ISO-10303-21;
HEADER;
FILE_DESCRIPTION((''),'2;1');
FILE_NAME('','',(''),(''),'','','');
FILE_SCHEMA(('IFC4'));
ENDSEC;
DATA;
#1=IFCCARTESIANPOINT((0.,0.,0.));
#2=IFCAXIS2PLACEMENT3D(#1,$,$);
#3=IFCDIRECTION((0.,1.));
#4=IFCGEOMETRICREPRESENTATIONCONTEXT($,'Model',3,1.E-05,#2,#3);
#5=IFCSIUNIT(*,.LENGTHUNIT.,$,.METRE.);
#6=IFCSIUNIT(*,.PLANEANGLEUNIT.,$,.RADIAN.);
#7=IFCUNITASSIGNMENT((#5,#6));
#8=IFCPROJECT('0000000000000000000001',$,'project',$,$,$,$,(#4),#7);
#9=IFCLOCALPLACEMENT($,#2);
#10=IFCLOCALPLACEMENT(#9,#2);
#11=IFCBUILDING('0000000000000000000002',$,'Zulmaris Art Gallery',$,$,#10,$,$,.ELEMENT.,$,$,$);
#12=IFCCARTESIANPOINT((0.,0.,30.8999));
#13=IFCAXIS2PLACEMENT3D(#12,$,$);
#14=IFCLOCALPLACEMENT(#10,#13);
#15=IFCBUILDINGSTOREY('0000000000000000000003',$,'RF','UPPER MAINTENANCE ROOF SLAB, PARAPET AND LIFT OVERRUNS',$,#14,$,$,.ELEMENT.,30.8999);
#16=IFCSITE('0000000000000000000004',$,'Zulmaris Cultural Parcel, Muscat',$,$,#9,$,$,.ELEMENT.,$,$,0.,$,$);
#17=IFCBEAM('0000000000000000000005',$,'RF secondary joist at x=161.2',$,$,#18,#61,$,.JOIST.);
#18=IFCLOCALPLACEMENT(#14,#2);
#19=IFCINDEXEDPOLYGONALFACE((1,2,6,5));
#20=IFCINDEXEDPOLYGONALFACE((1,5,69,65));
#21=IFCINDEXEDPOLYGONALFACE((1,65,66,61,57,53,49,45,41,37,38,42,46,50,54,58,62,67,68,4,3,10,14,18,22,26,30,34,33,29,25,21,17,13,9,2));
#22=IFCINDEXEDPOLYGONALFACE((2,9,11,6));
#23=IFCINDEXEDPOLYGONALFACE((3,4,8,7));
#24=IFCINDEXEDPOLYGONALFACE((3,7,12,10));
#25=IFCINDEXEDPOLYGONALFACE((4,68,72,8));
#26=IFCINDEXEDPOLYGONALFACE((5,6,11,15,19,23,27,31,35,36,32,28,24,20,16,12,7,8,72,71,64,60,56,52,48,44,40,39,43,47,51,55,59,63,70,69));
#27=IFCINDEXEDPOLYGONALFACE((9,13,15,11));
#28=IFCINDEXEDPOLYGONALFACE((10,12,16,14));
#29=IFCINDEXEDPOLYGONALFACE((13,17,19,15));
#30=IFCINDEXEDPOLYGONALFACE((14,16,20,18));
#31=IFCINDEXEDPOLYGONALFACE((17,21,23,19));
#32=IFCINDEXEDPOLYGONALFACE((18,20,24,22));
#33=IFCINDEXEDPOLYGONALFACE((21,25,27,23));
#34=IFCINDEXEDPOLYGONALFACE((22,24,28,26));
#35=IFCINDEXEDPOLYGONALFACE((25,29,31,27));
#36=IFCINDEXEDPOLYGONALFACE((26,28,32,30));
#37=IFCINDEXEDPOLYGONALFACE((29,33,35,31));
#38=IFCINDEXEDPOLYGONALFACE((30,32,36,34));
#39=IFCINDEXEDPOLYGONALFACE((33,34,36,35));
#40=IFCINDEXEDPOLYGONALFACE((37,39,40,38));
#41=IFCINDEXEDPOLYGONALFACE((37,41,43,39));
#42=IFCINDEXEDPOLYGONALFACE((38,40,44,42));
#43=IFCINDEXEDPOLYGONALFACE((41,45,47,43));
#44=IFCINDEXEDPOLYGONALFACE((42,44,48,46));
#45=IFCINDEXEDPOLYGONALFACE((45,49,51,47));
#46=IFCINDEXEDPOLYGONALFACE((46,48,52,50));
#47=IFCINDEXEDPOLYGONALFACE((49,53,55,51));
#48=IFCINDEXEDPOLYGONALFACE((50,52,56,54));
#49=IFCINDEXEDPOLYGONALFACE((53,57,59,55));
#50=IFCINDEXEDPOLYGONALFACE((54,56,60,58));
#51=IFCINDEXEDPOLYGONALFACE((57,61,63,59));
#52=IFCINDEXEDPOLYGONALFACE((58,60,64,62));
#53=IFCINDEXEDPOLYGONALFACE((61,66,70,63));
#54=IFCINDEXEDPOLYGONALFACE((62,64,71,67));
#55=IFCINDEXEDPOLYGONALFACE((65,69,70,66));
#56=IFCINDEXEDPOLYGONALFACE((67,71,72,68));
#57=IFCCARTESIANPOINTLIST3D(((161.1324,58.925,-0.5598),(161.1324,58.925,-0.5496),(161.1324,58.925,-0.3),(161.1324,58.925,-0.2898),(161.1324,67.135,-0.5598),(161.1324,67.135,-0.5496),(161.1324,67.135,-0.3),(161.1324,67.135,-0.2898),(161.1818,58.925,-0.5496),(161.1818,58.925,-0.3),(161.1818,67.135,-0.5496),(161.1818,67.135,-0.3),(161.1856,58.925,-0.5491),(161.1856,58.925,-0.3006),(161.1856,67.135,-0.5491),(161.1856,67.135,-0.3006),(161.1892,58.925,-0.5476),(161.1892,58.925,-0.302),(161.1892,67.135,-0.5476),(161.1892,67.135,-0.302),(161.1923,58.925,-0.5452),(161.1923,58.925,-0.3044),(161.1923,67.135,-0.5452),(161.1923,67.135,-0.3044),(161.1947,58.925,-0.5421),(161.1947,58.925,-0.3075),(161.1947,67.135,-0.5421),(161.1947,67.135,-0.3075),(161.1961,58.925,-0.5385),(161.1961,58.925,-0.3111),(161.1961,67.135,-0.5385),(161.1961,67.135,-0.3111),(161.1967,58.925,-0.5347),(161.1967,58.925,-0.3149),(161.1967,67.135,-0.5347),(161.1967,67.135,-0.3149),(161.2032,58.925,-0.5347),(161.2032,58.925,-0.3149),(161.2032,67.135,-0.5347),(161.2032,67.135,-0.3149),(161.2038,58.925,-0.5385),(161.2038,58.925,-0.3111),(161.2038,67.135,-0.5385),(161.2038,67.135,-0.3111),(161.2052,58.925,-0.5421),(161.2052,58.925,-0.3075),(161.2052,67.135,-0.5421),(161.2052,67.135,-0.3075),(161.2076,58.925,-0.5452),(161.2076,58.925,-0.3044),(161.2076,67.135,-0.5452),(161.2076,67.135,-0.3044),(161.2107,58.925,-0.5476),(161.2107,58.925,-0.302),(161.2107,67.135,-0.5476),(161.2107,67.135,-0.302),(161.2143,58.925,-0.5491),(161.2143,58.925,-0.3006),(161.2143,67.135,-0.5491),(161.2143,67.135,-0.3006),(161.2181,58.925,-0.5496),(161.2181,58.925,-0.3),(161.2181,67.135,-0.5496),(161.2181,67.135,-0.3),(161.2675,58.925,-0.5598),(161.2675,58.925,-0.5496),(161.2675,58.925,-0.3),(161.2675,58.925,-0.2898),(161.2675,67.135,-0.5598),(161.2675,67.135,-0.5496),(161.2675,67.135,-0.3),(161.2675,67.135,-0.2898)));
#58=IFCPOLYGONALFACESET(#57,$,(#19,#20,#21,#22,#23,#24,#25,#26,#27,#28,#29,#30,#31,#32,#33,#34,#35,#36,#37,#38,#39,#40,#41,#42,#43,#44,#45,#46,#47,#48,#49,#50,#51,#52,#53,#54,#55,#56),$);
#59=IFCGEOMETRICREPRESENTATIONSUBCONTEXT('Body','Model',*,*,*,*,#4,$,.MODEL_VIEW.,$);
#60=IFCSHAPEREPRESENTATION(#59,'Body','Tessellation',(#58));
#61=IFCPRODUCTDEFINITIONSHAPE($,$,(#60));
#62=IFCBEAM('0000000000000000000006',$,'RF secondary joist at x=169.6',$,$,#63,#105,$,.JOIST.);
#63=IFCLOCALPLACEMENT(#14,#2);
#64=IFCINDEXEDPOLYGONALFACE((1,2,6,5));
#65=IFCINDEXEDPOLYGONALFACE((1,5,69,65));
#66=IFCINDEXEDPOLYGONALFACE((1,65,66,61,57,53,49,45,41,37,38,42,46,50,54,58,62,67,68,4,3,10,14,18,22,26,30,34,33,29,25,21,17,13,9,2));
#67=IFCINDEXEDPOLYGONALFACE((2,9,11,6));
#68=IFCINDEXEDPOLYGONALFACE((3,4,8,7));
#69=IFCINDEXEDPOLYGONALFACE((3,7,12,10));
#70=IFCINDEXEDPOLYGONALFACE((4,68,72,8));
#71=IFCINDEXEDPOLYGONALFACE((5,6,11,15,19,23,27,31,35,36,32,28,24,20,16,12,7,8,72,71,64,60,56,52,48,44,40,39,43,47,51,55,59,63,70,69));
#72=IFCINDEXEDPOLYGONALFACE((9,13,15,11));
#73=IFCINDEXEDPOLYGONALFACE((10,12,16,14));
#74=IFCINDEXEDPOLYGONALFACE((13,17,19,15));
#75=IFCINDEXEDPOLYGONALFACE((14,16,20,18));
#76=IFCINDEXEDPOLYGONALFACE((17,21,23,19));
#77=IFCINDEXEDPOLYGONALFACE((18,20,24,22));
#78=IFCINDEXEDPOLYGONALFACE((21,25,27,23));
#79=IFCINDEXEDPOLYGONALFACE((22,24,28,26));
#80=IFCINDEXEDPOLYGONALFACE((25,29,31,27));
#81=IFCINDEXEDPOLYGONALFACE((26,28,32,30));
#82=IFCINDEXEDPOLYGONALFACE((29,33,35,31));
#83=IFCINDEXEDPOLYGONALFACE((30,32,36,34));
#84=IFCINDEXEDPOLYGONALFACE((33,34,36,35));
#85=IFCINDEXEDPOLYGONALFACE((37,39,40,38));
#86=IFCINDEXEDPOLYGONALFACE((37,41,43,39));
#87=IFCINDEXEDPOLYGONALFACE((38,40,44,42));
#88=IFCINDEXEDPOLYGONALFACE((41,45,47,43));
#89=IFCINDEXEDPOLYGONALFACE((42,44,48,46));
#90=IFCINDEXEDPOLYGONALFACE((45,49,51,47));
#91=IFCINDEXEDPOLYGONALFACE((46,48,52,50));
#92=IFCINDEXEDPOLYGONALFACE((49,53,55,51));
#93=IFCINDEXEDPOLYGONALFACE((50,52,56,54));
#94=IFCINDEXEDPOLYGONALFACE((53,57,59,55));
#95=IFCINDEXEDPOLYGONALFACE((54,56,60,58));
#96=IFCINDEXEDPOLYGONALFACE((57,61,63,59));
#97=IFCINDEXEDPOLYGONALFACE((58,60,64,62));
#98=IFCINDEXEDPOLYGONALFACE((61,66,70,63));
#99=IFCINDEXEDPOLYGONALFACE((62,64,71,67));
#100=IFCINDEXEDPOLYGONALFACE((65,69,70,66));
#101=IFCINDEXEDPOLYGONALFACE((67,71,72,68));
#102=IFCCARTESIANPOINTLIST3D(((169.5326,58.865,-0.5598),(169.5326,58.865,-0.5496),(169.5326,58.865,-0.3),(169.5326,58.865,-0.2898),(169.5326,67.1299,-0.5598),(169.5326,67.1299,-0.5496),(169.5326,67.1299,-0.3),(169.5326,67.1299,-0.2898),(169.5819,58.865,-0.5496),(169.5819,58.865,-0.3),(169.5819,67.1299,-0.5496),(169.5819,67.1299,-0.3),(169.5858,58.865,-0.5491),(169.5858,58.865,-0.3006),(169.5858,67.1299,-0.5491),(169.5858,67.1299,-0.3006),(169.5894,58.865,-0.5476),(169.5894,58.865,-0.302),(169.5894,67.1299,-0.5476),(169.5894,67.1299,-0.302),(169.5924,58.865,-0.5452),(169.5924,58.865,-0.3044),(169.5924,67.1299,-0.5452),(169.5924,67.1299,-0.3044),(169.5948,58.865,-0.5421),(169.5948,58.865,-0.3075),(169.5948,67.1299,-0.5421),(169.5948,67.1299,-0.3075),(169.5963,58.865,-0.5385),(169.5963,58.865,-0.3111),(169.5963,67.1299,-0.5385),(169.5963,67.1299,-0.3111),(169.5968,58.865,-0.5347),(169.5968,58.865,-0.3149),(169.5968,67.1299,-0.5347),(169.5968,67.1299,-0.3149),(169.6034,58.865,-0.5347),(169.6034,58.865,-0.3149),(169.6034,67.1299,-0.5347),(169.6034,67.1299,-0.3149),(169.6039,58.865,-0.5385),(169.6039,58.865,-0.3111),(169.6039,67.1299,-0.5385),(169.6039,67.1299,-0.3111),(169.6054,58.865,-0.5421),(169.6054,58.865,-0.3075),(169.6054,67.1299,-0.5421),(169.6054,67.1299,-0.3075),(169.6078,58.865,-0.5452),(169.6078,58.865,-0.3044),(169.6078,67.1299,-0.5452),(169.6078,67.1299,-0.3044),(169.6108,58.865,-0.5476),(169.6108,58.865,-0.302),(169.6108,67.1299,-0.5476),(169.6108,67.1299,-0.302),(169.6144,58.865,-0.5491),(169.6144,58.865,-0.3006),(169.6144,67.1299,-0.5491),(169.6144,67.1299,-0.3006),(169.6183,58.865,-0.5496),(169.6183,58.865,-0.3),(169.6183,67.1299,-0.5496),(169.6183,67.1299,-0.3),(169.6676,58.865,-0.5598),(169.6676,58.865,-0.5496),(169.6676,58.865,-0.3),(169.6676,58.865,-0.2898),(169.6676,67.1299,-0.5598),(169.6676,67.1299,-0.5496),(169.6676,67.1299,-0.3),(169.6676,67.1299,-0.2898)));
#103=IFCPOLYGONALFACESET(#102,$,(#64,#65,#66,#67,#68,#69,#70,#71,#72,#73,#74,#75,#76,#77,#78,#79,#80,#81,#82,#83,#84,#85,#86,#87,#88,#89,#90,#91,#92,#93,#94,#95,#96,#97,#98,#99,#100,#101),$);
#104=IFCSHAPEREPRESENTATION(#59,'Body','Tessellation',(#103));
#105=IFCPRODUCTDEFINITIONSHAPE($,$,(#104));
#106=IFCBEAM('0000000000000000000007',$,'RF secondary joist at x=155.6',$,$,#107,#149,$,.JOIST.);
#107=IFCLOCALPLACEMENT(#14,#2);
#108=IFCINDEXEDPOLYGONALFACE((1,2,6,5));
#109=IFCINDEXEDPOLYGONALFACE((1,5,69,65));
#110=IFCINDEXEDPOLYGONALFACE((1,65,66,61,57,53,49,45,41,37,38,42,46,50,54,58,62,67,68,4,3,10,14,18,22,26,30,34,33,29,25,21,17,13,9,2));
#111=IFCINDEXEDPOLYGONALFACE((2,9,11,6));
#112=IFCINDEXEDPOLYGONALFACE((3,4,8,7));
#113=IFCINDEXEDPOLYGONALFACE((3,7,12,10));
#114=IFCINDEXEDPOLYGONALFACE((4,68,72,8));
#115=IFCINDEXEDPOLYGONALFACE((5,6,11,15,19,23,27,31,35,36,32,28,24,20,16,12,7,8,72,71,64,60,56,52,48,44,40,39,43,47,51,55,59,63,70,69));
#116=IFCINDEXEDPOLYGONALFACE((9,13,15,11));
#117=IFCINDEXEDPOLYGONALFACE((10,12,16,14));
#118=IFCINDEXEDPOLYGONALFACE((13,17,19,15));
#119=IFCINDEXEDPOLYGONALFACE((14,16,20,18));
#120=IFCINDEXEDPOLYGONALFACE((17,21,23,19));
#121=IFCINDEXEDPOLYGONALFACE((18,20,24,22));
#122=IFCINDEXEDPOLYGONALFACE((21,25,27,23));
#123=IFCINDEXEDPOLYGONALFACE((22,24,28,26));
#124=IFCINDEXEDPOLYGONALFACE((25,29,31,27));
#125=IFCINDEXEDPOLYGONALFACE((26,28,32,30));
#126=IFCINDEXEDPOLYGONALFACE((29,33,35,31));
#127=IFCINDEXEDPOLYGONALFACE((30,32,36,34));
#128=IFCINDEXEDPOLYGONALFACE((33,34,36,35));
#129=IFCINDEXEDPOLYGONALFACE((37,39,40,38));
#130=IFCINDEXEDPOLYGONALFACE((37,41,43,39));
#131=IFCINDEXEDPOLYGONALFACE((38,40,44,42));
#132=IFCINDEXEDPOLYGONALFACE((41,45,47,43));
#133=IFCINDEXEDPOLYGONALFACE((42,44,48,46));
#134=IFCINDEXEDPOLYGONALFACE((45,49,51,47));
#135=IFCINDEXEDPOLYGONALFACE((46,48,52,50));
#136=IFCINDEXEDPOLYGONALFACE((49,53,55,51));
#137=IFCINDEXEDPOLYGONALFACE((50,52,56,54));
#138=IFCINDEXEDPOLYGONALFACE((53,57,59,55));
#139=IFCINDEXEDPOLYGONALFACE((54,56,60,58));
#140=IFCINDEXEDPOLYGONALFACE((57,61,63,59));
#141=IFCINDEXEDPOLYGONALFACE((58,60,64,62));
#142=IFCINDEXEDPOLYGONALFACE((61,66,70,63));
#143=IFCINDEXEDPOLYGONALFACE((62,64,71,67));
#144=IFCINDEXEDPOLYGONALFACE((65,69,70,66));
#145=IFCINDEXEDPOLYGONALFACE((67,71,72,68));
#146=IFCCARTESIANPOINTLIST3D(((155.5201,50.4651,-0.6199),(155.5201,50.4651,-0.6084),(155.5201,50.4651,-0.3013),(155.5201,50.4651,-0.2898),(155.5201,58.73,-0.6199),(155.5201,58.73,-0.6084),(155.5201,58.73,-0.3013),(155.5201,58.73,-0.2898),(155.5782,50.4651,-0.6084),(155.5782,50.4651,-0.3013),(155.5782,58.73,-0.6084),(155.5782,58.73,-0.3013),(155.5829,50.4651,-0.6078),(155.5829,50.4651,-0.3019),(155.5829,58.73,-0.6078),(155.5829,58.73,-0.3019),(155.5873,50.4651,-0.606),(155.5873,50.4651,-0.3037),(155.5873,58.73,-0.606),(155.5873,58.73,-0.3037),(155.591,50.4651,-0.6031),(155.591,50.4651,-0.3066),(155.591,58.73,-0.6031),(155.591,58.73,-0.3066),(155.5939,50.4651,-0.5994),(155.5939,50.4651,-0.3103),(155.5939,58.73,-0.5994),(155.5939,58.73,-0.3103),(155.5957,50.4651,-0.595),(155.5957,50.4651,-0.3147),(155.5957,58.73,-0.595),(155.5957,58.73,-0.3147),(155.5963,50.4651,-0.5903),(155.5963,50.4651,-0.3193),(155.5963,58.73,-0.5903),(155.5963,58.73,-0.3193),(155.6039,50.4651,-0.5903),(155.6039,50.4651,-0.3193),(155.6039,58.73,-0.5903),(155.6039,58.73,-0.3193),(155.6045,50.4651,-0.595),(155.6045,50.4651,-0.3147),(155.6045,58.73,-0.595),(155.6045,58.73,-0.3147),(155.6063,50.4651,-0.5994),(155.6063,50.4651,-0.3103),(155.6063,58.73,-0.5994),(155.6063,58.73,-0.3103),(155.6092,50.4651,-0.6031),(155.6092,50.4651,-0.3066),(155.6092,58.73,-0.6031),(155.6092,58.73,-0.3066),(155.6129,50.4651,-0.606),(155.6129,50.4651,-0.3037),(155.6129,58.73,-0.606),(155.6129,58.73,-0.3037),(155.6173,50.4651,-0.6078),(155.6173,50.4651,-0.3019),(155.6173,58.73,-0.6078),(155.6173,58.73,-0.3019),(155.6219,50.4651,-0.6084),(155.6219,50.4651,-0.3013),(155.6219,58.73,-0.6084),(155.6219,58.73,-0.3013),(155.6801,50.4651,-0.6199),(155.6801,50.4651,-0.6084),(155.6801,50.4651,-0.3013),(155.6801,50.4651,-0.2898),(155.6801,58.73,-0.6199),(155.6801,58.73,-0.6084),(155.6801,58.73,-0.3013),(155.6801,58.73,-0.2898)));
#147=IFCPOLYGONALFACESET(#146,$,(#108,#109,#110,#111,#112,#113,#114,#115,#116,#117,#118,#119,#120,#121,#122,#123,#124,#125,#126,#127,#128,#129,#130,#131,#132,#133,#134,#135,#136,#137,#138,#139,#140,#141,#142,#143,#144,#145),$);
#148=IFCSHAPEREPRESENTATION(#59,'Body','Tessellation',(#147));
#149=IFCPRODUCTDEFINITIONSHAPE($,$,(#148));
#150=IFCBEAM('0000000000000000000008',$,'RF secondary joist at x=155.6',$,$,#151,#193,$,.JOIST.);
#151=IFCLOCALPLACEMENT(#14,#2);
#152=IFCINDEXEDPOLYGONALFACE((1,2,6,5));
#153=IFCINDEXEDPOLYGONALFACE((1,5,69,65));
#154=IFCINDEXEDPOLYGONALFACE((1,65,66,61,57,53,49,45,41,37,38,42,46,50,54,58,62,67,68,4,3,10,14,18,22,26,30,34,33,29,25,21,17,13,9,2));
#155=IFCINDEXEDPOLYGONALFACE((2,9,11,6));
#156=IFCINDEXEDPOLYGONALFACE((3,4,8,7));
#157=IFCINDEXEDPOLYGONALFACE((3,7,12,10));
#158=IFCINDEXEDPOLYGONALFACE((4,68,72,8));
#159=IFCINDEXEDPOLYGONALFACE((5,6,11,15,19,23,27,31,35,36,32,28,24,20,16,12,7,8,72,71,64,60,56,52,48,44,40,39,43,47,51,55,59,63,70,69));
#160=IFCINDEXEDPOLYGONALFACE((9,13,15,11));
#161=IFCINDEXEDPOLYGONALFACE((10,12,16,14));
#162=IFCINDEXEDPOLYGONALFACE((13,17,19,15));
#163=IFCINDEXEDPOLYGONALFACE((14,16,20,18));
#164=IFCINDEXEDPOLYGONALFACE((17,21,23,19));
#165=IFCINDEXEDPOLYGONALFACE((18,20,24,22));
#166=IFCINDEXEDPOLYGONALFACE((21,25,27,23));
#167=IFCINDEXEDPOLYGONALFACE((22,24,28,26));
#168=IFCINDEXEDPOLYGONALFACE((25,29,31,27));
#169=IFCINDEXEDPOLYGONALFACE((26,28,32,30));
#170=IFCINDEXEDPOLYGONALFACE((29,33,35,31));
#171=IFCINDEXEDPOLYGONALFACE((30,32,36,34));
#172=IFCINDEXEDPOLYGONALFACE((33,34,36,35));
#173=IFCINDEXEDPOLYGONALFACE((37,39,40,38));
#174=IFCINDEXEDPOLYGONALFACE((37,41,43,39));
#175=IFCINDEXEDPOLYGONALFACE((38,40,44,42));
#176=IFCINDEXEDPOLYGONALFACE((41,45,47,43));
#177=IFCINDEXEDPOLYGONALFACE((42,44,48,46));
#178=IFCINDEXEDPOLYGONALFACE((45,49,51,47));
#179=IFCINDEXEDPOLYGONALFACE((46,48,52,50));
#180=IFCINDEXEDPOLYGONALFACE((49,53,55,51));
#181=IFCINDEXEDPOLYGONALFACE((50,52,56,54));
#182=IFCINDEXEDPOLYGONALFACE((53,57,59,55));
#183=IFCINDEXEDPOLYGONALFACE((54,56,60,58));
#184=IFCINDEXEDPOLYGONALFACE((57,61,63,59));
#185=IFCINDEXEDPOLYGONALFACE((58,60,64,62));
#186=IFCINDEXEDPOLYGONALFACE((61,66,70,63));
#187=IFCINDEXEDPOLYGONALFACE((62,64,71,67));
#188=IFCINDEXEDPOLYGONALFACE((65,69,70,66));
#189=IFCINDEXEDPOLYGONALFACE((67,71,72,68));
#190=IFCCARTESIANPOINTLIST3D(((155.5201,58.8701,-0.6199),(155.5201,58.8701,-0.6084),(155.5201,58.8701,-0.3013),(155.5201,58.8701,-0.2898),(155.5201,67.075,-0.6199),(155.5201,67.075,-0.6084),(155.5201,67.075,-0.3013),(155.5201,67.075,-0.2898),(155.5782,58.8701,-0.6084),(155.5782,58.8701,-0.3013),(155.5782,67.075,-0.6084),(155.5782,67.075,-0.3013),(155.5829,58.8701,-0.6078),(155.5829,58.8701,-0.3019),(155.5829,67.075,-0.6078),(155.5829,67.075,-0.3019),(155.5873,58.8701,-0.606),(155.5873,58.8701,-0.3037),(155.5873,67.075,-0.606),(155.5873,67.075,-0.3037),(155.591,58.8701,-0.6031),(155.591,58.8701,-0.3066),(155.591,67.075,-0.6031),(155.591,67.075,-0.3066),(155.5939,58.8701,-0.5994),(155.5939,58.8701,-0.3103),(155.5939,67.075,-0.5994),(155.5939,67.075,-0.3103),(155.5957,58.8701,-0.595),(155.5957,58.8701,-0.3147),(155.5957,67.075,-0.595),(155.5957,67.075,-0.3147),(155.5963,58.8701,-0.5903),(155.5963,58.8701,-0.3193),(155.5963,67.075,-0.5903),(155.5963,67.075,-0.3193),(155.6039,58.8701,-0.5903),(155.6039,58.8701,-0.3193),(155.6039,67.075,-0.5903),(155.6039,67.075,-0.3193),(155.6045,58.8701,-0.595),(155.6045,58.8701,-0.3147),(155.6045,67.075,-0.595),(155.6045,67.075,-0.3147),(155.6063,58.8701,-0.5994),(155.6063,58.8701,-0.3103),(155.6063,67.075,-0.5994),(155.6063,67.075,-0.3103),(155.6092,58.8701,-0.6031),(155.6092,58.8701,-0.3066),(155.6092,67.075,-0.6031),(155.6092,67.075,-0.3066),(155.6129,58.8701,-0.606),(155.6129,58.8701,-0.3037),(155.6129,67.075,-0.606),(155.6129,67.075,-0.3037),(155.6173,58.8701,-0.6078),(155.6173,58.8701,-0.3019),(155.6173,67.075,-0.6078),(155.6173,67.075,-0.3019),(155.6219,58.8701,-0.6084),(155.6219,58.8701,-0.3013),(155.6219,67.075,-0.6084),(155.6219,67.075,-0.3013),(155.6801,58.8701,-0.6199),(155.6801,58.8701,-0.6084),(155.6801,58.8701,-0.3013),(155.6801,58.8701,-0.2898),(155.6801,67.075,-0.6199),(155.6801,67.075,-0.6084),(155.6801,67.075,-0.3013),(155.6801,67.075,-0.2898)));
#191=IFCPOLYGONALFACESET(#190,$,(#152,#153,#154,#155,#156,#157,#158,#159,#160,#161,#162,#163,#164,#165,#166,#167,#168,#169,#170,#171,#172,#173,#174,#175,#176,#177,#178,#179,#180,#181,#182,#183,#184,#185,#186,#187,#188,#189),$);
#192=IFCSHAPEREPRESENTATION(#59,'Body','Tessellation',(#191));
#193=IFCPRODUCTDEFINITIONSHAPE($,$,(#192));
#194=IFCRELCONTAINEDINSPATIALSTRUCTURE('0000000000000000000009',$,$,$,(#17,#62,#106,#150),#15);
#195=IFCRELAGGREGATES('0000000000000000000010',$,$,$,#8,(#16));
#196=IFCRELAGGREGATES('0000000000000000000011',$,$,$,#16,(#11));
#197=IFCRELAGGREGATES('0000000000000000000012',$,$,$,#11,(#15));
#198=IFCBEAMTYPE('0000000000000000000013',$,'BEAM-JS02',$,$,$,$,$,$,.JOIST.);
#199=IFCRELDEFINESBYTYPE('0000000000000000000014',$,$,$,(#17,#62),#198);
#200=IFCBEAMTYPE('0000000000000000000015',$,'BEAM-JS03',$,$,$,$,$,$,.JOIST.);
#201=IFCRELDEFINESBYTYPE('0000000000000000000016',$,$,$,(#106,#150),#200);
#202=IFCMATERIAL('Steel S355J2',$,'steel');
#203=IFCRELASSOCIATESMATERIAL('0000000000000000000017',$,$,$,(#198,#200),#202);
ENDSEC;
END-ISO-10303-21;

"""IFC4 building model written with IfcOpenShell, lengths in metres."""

from ifc_helpers import new_model, si_unit, direction, frame, origin, origin_2d, place, context, subcontext, project, spatial, i_section, extrude, material, material_profile, profile_set, type_object, element, save


model = new_model("IFC4")

# Units and contexts
model_context = context("Model", 3, precision=1e-05, world=origin(), true_north=direction((0.0, 1.0)))
body_context = subcontext(model_context, "Body", "Model", "MODEL_VIEW")
ifc_project = project(units=[si_unit("LENGTHUNIT", "METRE"), si_unit("PLANEANGLEUNIT", "RADIAN")], contexts=[model_context])

# Site, building, storey
site_placement = place(None, origin())
site = spatial("IfcSite", under=ifc_project, at=site_placement, Name="Zulmaris Cultural Parcel, Muscat", CompositionType="ELEMENT", RefElevation=0.0)
building_placement = place(site_placement, origin())
building = spatial("IfcBuilding", under=site, at=building_placement, Name="Zulmaris Art Gallery", CompositionType="ELEMENT")
storey_placement = place(building_placement, frame((0.0, 0.0, 30.8999)))
storey = spatial("IfcBuildingStorey", under=building, at=storey_placement, Name="RF", Description="UPPER MAINTENANCE ROOF SLAB, PARAPET AND LIFT OVERRUNS", CompositionType="ELEMENT", Elevation=30.8999)

# Beams
ifc_material_1 = material(Name="Steel S355J2", Category="steel")
ifc_material_profile_1 = material_profile(ifc_material_1, i_section(OverallWidth=0.135, OverallDepth=0.27, WebThickness=0.0066, FlangeThickness=0.0103, FilletRadius=0.0149, at=origin_2d()), Name="IPE 270")
ifc_profile_set_1 = profile_set([ifc_material_profile_1], Name="Steel S355J2")
beam_type_1 = type_object("IfcBeamType", Name="BEAM-JS02", PredefinedType="JOIST", material=ifc_profile_set_1)
beam_1_placement = place(storey_placement, frame((161.2, 58.925, -0.4248), z_axis=(0.0, 1.0, 0.0), x_axis=(-1.0, 0.0, 0.0)))
element("IfcBeam", 1, at=beam_1_placement, inside=storey, type_object=beam_type_1, Name="RF secondary joist at x=161.2", PredefinedType="JOIST", context=body_context, shape_type="SweptSolid", body=[
    extrude(i_section(OverallWidth=0.135, OverallDepth=0.27, WebThickness=0.0066, FlangeThickness=0.0103, FilletRadius=0.0149, at=origin_2d()), origin(), (0.0, 0.0, 1.0), 8.21),
])
beam_2_placement = place(storey_placement, frame((169.6001, 58.865, -0.4248), z_axis=(0.0, 1.0, 0.0), x_axis=(-1.0, 0.0, 0.0)))
element("IfcBeam", 2, at=beam_2_placement, inside=storey, type_object=beam_type_1, Name="RF secondary joist at x=169.6", PredefinedType="JOIST", context=body_context, shape_type="SweptSolid", body=[
    extrude(i_section(OverallWidth=0.135, OverallDepth=0.27, WebThickness=0.0066, FlangeThickness=0.0103, FilletRadius=0.0149, at=origin_2d()), origin(), (0.0, 0.0, 1.0), 8.2649),
])
ifc_material_profile_2 = material_profile(ifc_material_1, i_section(OverallWidth=0.1599, OverallDepth=0.3301, WebThickness=0.0076, FlangeThickness=0.0115, FilletRadius=0.0181, at=origin_2d()), Name="IPE 330")
ifc_profile_set_2 = profile_set([ifc_material_profile_2], Name="Steel S355J2")
beam_type_2 = type_object("IfcBeamType", Name="BEAM-JS03", PredefinedType="JOIST", material=ifc_profile_set_2)
beam_3_placement = place(storey_placement, frame((155.6001, 50.4651, -0.4548), z_axis=(0.0, 1.0, 0.0), x_axis=(-1.0, 0.0, 0.0)))
element("IfcBeam", 3, at=beam_3_placement, inside=storey, type_object=beam_type_2, Name="RF secondary joist at x=155.6", PredefinedType="JOIST", context=body_context, shape_type="SweptSolid", body=[
    extrude(i_section(OverallWidth=0.1599, OverallDepth=0.3301, WebThickness=0.0076, FlangeThickness=0.0115, FilletRadius=0.0181, at=origin_2d()), origin(), (0.0, 0.0, 1.0), 8.2649),
])
beam_4_placement = place(storey_placement, frame((155.6001, 58.8701, -0.4548), z_axis=(0.0, 1.0, 0.0), x_axis=(-1.0, 0.0, 0.0)))
element("IfcBeam", 4, at=beam_4_placement, inside=storey, type_object=beam_type_2, Name="RF secondary joist at x=155.6", PredefinedType="JOIST", context=body_context, shape_type="SweptSolid", body=[
    extrude(i_section(OverallWidth=0.1599, OverallDepth=0.3301, WebThickness=0.0076, FlangeThickness=0.0115, FilletRadius=0.0181, at=origin_2d()), origin(), (0.0, 0.0, 1.0), 8.2048),
])

save(model, "model.ifc")
